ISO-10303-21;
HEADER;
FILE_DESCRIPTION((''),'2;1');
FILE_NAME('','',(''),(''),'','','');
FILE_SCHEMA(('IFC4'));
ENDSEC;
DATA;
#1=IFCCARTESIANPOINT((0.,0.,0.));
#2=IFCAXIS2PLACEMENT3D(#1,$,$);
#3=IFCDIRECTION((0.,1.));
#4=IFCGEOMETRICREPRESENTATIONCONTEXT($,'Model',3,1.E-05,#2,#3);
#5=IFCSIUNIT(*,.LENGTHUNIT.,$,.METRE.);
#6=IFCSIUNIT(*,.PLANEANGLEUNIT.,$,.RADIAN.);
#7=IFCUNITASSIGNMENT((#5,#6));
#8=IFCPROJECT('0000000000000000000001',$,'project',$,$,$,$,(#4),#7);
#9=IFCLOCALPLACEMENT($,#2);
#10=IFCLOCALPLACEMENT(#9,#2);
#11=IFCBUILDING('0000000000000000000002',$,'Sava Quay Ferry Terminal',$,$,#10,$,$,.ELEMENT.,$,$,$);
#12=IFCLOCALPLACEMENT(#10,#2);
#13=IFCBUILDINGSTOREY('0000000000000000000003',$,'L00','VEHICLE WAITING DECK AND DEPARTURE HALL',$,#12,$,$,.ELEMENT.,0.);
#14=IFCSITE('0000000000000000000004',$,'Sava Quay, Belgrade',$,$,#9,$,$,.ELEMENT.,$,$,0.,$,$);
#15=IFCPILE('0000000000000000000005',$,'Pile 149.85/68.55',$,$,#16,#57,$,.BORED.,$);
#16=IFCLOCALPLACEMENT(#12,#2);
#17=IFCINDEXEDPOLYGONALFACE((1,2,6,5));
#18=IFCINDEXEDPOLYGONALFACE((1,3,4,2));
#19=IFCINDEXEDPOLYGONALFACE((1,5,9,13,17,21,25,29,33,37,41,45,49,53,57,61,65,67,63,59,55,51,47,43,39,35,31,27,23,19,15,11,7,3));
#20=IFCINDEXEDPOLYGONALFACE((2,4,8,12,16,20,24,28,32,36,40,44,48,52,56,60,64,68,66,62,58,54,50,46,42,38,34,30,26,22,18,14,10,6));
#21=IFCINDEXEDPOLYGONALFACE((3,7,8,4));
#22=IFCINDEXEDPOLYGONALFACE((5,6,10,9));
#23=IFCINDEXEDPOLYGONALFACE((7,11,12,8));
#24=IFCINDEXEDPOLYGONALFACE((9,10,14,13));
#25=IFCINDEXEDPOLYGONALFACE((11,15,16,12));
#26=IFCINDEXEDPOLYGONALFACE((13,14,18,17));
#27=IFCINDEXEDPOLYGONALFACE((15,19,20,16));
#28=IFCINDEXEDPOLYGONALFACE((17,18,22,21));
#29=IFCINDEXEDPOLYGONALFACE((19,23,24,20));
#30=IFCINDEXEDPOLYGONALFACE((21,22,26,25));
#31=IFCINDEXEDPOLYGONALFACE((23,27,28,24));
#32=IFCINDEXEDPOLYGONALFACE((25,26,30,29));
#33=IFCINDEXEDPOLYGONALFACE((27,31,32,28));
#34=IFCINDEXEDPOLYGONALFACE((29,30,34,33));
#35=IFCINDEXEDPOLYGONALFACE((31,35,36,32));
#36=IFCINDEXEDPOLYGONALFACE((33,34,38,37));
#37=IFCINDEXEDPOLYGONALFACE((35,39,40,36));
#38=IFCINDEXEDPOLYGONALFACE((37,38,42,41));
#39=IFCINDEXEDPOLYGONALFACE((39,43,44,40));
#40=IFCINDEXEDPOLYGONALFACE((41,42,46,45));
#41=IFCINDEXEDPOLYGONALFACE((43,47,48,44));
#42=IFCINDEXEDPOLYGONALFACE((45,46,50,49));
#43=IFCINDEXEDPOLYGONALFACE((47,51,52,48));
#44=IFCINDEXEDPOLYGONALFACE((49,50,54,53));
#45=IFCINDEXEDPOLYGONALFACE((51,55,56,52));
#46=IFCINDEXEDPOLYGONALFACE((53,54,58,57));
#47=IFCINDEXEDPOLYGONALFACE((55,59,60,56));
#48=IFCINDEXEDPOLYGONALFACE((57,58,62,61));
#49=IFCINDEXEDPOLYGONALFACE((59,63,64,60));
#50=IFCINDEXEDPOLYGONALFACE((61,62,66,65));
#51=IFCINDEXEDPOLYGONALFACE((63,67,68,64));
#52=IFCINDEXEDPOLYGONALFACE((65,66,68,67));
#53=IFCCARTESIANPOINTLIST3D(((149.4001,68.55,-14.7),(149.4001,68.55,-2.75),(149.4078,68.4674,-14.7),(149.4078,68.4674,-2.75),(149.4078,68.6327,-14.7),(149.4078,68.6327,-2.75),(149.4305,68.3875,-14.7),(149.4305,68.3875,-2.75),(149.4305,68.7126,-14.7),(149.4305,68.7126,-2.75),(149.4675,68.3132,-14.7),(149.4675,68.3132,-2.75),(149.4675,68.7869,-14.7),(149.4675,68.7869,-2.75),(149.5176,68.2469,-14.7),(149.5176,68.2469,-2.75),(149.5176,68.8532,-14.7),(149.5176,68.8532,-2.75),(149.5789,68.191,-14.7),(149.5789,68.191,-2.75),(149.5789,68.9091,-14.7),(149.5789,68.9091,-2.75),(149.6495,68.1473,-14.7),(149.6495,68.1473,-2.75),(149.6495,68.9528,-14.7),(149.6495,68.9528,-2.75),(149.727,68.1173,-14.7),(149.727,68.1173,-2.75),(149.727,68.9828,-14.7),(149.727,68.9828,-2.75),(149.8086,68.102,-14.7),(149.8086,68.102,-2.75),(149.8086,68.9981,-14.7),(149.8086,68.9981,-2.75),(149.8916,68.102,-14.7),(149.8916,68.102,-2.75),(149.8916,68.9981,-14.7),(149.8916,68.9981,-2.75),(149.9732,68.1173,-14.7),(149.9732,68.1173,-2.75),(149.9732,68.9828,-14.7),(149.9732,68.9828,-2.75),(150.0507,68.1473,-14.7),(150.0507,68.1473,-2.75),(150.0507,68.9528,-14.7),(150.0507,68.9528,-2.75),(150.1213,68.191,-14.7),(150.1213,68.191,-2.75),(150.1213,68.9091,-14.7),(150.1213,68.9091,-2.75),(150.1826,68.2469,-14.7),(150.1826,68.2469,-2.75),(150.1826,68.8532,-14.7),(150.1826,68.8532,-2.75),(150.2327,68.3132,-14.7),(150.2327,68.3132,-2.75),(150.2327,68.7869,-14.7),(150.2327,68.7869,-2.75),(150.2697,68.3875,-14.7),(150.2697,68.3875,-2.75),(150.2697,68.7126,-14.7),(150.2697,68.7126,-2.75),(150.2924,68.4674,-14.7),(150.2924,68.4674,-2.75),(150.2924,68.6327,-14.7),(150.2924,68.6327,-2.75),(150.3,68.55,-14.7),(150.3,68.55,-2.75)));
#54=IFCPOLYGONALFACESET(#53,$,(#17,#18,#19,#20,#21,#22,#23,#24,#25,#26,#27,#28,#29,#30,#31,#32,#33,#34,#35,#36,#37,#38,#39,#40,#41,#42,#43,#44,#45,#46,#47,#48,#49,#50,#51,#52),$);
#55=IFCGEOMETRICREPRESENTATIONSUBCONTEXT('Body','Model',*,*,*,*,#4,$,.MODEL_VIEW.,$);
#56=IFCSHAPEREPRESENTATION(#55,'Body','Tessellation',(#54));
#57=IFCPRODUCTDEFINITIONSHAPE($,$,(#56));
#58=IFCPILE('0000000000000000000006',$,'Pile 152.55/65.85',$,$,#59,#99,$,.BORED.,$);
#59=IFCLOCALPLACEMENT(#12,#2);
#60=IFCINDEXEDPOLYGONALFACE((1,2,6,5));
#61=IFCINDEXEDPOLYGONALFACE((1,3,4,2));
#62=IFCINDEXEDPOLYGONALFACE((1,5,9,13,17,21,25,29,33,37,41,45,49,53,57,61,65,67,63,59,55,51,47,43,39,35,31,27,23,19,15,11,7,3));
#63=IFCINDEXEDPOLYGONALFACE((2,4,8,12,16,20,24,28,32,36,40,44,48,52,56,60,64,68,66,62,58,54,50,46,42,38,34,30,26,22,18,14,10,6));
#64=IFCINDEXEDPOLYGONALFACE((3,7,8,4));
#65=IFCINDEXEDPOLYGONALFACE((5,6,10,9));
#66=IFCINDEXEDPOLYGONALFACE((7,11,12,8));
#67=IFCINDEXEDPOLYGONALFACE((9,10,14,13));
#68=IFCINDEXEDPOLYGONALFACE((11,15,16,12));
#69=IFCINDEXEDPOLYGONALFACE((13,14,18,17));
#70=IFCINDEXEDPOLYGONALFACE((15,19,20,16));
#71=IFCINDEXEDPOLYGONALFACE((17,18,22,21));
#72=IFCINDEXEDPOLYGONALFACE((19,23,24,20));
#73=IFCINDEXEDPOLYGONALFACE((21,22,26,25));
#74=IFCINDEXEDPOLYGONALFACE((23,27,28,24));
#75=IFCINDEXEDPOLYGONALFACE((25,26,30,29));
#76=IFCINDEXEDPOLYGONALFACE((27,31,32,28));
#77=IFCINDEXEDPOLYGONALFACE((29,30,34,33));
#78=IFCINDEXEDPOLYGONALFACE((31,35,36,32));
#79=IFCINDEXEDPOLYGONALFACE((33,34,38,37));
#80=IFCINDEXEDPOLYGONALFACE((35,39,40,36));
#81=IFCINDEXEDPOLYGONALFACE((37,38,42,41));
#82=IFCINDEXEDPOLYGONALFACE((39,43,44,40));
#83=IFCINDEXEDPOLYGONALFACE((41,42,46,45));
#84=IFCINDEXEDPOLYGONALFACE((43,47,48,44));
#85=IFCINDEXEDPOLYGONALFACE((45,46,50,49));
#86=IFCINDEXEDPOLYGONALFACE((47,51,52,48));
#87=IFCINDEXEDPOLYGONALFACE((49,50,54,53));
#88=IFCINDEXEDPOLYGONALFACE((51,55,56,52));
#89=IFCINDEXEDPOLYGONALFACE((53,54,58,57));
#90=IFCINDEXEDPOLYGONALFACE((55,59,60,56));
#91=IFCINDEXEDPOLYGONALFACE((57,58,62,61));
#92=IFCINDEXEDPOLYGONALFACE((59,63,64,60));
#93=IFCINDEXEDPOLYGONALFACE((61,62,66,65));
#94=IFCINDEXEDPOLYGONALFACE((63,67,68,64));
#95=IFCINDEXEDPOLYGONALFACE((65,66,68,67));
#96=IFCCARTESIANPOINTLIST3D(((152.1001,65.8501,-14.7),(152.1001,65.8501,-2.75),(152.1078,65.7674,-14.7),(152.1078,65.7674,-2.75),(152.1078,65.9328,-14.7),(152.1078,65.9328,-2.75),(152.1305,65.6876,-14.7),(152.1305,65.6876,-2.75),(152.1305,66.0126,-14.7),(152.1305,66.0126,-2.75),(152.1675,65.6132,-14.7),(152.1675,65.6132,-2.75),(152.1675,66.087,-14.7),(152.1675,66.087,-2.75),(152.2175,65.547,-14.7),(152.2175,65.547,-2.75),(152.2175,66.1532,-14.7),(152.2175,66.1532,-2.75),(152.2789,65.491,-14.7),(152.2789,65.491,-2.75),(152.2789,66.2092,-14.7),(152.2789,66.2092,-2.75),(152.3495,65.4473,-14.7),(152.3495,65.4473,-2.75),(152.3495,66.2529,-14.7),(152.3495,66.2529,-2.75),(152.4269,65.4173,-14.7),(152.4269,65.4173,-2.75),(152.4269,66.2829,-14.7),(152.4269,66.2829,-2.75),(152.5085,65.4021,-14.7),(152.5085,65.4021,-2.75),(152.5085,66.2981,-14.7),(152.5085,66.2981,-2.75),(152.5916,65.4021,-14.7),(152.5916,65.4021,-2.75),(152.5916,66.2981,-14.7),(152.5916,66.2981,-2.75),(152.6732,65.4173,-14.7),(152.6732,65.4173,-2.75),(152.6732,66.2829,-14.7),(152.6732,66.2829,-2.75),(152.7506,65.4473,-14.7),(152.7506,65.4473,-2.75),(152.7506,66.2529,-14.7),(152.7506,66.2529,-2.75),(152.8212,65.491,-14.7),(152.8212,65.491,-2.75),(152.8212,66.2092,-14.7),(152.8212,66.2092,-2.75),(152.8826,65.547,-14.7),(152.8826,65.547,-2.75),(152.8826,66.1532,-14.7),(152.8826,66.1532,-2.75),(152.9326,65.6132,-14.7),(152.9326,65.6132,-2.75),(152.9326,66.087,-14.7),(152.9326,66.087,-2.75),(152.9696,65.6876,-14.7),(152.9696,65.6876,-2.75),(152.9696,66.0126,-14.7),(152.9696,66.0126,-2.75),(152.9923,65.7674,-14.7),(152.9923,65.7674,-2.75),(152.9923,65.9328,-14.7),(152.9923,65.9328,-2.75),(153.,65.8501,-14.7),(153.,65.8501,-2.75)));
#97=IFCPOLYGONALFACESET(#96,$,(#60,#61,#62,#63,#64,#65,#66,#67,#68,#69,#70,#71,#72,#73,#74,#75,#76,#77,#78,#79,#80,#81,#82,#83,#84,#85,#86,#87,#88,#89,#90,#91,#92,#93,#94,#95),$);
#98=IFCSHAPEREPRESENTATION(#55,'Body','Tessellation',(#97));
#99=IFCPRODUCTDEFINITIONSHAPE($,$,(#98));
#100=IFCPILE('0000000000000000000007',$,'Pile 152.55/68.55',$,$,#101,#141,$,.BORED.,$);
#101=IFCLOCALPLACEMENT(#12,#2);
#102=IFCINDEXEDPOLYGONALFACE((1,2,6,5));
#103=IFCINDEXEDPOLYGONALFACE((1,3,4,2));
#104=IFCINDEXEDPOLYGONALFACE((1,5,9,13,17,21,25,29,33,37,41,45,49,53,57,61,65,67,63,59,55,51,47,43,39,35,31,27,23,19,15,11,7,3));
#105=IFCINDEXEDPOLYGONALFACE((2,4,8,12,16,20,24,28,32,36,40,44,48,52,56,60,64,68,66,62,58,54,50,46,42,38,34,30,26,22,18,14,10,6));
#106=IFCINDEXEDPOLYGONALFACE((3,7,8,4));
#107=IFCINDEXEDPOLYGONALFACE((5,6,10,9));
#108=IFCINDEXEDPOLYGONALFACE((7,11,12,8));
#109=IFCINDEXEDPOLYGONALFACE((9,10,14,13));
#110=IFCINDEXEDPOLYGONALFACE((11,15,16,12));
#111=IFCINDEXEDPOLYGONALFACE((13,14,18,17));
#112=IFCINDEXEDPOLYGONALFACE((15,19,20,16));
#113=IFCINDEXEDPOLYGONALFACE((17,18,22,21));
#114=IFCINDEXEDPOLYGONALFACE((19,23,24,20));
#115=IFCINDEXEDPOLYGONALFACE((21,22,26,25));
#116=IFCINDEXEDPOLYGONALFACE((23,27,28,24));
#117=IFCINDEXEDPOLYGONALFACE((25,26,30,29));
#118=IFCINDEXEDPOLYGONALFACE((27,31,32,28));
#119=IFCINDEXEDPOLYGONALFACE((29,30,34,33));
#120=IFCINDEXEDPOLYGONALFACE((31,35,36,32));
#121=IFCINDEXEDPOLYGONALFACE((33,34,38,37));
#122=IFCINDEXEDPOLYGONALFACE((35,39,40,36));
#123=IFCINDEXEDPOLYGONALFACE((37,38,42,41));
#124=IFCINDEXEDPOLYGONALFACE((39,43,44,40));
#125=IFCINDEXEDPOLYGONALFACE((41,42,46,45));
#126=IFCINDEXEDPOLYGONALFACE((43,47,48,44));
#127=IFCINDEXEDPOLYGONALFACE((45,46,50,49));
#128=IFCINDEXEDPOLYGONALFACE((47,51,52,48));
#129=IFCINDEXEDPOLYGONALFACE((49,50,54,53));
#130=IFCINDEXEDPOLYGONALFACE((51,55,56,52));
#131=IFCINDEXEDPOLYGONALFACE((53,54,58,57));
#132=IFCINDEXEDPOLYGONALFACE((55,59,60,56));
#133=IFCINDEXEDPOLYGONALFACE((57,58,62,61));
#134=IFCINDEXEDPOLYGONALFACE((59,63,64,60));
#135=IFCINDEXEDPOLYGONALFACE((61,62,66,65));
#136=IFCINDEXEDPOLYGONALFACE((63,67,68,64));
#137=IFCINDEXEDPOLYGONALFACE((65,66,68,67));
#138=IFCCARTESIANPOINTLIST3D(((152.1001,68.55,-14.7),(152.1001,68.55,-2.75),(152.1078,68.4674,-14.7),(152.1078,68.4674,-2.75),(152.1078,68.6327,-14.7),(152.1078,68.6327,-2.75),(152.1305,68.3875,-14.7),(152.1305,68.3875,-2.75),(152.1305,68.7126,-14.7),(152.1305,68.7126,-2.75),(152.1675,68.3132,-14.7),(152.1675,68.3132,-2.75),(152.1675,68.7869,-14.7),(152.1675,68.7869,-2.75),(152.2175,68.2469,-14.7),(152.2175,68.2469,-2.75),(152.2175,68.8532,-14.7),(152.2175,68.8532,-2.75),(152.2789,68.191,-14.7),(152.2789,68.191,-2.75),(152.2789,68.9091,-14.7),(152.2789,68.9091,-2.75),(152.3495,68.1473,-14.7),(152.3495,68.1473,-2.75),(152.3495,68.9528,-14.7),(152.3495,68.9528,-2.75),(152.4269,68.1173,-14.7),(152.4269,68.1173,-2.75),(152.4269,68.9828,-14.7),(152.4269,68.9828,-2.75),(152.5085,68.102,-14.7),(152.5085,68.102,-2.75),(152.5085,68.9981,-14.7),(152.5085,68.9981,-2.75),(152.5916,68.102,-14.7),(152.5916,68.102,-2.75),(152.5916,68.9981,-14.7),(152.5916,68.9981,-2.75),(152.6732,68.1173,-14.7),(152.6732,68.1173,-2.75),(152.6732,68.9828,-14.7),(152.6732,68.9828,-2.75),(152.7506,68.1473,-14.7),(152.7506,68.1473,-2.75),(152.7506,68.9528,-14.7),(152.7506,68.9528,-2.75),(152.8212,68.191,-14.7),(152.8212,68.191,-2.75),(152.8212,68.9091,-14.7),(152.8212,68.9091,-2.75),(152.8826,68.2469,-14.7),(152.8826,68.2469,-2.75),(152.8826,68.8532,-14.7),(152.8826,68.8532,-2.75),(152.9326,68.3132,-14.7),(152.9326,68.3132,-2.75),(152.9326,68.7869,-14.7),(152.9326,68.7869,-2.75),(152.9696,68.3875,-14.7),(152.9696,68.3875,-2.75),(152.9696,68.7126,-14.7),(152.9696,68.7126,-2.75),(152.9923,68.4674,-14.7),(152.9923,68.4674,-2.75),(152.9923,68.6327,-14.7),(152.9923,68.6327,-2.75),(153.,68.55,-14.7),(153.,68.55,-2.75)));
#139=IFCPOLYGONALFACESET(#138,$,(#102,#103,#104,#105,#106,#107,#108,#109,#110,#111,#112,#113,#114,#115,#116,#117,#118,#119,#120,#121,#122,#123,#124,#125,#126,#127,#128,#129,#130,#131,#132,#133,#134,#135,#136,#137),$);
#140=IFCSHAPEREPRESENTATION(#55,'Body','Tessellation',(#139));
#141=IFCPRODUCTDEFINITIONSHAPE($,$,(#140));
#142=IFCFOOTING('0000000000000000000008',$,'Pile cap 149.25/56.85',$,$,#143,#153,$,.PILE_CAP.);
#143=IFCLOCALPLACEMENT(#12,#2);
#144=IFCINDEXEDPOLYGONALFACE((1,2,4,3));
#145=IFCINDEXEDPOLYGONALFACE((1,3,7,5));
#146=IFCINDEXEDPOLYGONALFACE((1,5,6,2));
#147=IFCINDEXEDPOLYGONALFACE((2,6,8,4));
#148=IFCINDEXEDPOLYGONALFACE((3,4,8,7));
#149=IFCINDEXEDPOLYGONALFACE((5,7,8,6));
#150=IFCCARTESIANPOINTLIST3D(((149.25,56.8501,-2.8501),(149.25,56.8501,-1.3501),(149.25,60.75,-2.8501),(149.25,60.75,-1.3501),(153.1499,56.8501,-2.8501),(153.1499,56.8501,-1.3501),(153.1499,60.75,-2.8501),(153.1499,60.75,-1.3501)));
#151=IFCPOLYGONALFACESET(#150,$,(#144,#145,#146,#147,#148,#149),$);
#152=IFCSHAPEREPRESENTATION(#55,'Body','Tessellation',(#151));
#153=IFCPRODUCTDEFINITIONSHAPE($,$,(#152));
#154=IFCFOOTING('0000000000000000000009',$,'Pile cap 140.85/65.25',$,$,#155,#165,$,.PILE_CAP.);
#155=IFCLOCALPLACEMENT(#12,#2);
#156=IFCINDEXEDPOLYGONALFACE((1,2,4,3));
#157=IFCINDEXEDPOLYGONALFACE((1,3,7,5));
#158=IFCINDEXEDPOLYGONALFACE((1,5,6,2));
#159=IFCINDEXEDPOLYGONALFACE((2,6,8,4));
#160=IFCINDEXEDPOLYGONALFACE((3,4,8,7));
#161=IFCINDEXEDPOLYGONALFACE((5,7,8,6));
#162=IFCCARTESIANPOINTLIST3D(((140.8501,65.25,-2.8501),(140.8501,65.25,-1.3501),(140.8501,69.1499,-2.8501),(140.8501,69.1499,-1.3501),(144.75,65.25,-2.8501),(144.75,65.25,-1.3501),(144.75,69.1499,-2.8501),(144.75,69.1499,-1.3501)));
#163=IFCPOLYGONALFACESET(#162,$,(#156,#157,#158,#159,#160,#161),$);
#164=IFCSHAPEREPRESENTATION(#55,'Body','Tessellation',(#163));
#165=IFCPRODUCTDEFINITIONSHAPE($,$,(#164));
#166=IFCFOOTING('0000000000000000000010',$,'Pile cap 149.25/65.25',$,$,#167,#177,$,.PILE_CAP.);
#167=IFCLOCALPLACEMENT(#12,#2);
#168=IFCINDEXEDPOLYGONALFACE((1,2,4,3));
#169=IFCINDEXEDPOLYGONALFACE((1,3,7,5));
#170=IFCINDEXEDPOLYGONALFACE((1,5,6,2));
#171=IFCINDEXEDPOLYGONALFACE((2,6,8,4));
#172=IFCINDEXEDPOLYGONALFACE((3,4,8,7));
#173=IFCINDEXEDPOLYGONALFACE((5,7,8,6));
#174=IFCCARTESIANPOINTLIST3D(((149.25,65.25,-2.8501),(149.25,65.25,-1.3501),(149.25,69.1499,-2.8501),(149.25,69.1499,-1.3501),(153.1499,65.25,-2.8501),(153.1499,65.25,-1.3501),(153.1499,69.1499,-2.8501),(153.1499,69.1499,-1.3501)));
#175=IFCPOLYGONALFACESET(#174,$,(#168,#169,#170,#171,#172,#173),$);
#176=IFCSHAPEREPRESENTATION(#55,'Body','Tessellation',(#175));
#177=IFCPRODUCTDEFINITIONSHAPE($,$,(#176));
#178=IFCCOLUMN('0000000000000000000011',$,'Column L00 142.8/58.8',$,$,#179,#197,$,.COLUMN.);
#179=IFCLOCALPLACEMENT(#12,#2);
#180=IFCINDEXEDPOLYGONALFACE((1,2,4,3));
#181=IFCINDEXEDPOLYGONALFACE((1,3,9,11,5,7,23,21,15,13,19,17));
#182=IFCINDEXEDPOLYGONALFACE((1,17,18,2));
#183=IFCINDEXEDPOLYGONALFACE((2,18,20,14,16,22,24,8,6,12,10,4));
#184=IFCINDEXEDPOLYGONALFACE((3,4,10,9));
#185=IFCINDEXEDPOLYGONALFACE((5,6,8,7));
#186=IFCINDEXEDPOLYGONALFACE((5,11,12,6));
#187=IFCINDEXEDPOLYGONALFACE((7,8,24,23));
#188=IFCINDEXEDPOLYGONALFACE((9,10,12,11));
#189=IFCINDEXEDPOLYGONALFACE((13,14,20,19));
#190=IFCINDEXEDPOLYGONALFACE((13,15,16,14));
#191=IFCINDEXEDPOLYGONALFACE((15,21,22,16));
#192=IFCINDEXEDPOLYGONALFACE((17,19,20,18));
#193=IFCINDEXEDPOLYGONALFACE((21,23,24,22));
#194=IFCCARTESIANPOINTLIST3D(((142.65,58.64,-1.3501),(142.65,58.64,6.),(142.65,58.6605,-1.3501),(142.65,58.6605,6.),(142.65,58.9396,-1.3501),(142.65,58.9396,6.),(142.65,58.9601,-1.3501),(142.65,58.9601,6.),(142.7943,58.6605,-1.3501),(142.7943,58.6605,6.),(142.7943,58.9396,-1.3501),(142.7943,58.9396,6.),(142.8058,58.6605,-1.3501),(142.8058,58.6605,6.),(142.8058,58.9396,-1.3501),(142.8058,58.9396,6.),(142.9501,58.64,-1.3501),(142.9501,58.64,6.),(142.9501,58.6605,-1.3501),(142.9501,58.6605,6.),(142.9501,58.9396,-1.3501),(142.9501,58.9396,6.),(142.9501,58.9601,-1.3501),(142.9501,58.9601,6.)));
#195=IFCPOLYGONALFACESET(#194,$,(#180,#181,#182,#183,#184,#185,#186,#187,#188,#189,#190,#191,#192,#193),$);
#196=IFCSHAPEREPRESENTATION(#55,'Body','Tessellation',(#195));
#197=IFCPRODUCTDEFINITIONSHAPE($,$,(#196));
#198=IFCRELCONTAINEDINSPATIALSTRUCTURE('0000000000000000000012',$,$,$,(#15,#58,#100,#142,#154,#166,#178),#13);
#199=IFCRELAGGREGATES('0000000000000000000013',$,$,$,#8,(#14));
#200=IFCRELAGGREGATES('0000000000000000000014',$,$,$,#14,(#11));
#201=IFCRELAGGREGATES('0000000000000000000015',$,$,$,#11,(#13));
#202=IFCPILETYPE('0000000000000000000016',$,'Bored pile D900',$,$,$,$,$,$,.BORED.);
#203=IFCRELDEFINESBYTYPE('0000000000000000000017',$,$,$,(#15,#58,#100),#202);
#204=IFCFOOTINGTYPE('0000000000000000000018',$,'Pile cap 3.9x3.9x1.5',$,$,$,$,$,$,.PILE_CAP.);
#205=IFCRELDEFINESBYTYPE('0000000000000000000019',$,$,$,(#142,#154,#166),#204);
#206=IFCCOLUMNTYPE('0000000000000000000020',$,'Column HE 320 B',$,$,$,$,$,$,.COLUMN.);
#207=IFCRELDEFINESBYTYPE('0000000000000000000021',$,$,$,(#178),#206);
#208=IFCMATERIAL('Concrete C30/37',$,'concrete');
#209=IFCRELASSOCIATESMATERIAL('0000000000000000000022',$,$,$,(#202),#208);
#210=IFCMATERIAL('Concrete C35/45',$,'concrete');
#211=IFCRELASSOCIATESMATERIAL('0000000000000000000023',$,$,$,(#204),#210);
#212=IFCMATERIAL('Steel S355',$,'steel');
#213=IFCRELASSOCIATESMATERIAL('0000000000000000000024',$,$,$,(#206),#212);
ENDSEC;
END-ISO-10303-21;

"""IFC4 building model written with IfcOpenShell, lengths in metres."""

from ifc_helpers import new_model, si_unit, direction, frame, origin, origin_2d, place, context, subcontext, project, spatial, rectangle, circle, i_section, extrude, material, material_profile, profile_set, type_object, element, save


model = new_model("IFC4")

# Units and contexts
model_context = context("Model", 3, precision=1e-05, world=origin(), true_north=direction((0.0, 1.0)))
body_context = subcontext(model_context, "Body", "Model", "MODEL_VIEW")
ifc_project = project(units=[si_unit("LENGTHUNIT", "METRE"), si_unit("PLANEANGLEUNIT", "RADIAN")], contexts=[model_context])

# Site, building, storey
site_placement = place(None, origin())
site = spatial("IfcSite", under=ifc_project, at=site_placement, Name="Sava Quay, Belgrade", CompositionType="ELEMENT", RefElevation=0.0)
building_placement = place(site_placement, origin())
building = spatial("IfcBuilding", under=site, at=building_placement, Name="Sava Quay Ferry Terminal", CompositionType="ELEMENT")
storey_placement = place(building_placement, origin())
storey = spatial("IfcBuildingStorey", under=building, at=storey_placement, Name="L00", Description="VEHICLE WAITING DECK AND DEPARTURE HALL", CompositionType="ELEMENT", Elevation=0.0)

# Piles
ifc_material_1 = material(Name="Concrete C30/37", Category="concrete")
ifc_material_profile_1 = material_profile(ifc_material_1, circle(Radius=0.45, at=origin_2d()), Name="Bored pile D900")
ifc_profile_set_1 = profile_set([ifc_material_profile_1], Name="Concrete C30/37")
pile_type = type_object("IfcPileType", Name="Bored pile D900", PredefinedType="BORED", material=ifc_profile_set_1)
for number, where, z_axis, x_axis, name in (
    (1, (149.8501, 68.55, -2.75), (0.0, 0.0, -1.0), (1.0, 0.0, 0.0), "Pile 149.85/68.55"),
    (2, (152.55, 65.8501, -2.75), (0.0, 0.0, -1.0), (1.0, 0.0, 0.0), "Pile 152.55/65.85"),
    (3, (152.55, 68.55, -2.75), (0.0, 0.0, -1.0), (1.0, 0.0, 0.0), "Pile 152.55/68.55"),
):
    element("IfcPile", number, at=place(storey_placement, frame(where, z_axis=z_axis, x_axis=x_axis)), inside=storey, type_object=pile_type, Name=name, PredefinedType="BORED", context=body_context, shape_type="SweptSolid", body=[
        extrude(circle(Radius=0.45, at=origin_2d()), origin(), (0.0, 0.0, 1.0), 11.95),
    ])

# Footings
ifc_material_2 = material(Name="Concrete C35/45", Category="concrete")
footing_type = type_object("IfcFootingType", Name="Pile cap 3.9x3.9x1.5", PredefinedType="PILE_CAP", material=ifc_material_2)
for number, where, z_axis, x_axis, name in (
    (4, (151.2, 58.8, -2.8501), (0.0, 0.0, 1.0), (1.0, 0.0, 0.0), "Pile cap 149.25/56.85"),
    (5, (142.8, 67.2, -2.8501), (0.0, 0.0, 1.0), (1.0, 0.0, 0.0), "Pile cap 140.85/65.25"),
    (6, (151.2, 67.2, -2.8501), (0.0, 0.0, 1.0), (1.0, 0.0, 0.0), "Pile cap 149.25/65.25"),
):
    element("IfcFooting", number, at=place(storey_placement, frame(where, z_axis=z_axis, x_axis=x_axis)), inside=storey, type_object=footing_type, Name=name, PredefinedType="PILE_CAP", context=body_context, shape_type="SweptSolid", body=[
        extrude(rectangle(XDim=3.8999, YDim=3.8999, at=origin_2d()), origin(), (0.0, 0.0, 1.0), 1.5),
    ])

# Column
ifc_material_3 = material(Name="Steel S355", Category="steel")
ifc_material_profile_2 = material_profile(ifc_material_3, i_section(OverallWidth=0.3, OverallDepth=0.3201, WebThickness=0.0115, FlangeThickness=0.0205, at=origin_2d()), Name="HE 320 B")
ifc_profile_set_2 = profile_set([ifc_material_profile_2], Name="Steel S355")
column_type = type_object("IfcColumnType", Name="Column HE 320 B", PredefinedType="COLUMN", material=ifc_profile_set_2)
for number, where, z_axis, x_axis, name in (
    (7, (142.8, 58.8, -1.3501), (0.0, 0.0, 1.0), (1.0, 0.0, 0.0), "Column L00 142.8/58.8"),
):
    element("IfcColumn", number, at=place(storey_placement, frame(where, z_axis=z_axis, x_axis=x_axis)), inside=storey, type_object=column_type, Name=name, PredefinedType="COLUMN", context=body_context, shape_type="SweptSolid", body=[
        extrude(i_section(OverallWidth=0.3, OverallDepth=0.3201, WebThickness=0.0115, FlangeThickness=0.0205, at=origin_2d()), origin(), (0.0, 0.0, 1.0), 7.3501),
    ])

save(model, "model.ifc")
